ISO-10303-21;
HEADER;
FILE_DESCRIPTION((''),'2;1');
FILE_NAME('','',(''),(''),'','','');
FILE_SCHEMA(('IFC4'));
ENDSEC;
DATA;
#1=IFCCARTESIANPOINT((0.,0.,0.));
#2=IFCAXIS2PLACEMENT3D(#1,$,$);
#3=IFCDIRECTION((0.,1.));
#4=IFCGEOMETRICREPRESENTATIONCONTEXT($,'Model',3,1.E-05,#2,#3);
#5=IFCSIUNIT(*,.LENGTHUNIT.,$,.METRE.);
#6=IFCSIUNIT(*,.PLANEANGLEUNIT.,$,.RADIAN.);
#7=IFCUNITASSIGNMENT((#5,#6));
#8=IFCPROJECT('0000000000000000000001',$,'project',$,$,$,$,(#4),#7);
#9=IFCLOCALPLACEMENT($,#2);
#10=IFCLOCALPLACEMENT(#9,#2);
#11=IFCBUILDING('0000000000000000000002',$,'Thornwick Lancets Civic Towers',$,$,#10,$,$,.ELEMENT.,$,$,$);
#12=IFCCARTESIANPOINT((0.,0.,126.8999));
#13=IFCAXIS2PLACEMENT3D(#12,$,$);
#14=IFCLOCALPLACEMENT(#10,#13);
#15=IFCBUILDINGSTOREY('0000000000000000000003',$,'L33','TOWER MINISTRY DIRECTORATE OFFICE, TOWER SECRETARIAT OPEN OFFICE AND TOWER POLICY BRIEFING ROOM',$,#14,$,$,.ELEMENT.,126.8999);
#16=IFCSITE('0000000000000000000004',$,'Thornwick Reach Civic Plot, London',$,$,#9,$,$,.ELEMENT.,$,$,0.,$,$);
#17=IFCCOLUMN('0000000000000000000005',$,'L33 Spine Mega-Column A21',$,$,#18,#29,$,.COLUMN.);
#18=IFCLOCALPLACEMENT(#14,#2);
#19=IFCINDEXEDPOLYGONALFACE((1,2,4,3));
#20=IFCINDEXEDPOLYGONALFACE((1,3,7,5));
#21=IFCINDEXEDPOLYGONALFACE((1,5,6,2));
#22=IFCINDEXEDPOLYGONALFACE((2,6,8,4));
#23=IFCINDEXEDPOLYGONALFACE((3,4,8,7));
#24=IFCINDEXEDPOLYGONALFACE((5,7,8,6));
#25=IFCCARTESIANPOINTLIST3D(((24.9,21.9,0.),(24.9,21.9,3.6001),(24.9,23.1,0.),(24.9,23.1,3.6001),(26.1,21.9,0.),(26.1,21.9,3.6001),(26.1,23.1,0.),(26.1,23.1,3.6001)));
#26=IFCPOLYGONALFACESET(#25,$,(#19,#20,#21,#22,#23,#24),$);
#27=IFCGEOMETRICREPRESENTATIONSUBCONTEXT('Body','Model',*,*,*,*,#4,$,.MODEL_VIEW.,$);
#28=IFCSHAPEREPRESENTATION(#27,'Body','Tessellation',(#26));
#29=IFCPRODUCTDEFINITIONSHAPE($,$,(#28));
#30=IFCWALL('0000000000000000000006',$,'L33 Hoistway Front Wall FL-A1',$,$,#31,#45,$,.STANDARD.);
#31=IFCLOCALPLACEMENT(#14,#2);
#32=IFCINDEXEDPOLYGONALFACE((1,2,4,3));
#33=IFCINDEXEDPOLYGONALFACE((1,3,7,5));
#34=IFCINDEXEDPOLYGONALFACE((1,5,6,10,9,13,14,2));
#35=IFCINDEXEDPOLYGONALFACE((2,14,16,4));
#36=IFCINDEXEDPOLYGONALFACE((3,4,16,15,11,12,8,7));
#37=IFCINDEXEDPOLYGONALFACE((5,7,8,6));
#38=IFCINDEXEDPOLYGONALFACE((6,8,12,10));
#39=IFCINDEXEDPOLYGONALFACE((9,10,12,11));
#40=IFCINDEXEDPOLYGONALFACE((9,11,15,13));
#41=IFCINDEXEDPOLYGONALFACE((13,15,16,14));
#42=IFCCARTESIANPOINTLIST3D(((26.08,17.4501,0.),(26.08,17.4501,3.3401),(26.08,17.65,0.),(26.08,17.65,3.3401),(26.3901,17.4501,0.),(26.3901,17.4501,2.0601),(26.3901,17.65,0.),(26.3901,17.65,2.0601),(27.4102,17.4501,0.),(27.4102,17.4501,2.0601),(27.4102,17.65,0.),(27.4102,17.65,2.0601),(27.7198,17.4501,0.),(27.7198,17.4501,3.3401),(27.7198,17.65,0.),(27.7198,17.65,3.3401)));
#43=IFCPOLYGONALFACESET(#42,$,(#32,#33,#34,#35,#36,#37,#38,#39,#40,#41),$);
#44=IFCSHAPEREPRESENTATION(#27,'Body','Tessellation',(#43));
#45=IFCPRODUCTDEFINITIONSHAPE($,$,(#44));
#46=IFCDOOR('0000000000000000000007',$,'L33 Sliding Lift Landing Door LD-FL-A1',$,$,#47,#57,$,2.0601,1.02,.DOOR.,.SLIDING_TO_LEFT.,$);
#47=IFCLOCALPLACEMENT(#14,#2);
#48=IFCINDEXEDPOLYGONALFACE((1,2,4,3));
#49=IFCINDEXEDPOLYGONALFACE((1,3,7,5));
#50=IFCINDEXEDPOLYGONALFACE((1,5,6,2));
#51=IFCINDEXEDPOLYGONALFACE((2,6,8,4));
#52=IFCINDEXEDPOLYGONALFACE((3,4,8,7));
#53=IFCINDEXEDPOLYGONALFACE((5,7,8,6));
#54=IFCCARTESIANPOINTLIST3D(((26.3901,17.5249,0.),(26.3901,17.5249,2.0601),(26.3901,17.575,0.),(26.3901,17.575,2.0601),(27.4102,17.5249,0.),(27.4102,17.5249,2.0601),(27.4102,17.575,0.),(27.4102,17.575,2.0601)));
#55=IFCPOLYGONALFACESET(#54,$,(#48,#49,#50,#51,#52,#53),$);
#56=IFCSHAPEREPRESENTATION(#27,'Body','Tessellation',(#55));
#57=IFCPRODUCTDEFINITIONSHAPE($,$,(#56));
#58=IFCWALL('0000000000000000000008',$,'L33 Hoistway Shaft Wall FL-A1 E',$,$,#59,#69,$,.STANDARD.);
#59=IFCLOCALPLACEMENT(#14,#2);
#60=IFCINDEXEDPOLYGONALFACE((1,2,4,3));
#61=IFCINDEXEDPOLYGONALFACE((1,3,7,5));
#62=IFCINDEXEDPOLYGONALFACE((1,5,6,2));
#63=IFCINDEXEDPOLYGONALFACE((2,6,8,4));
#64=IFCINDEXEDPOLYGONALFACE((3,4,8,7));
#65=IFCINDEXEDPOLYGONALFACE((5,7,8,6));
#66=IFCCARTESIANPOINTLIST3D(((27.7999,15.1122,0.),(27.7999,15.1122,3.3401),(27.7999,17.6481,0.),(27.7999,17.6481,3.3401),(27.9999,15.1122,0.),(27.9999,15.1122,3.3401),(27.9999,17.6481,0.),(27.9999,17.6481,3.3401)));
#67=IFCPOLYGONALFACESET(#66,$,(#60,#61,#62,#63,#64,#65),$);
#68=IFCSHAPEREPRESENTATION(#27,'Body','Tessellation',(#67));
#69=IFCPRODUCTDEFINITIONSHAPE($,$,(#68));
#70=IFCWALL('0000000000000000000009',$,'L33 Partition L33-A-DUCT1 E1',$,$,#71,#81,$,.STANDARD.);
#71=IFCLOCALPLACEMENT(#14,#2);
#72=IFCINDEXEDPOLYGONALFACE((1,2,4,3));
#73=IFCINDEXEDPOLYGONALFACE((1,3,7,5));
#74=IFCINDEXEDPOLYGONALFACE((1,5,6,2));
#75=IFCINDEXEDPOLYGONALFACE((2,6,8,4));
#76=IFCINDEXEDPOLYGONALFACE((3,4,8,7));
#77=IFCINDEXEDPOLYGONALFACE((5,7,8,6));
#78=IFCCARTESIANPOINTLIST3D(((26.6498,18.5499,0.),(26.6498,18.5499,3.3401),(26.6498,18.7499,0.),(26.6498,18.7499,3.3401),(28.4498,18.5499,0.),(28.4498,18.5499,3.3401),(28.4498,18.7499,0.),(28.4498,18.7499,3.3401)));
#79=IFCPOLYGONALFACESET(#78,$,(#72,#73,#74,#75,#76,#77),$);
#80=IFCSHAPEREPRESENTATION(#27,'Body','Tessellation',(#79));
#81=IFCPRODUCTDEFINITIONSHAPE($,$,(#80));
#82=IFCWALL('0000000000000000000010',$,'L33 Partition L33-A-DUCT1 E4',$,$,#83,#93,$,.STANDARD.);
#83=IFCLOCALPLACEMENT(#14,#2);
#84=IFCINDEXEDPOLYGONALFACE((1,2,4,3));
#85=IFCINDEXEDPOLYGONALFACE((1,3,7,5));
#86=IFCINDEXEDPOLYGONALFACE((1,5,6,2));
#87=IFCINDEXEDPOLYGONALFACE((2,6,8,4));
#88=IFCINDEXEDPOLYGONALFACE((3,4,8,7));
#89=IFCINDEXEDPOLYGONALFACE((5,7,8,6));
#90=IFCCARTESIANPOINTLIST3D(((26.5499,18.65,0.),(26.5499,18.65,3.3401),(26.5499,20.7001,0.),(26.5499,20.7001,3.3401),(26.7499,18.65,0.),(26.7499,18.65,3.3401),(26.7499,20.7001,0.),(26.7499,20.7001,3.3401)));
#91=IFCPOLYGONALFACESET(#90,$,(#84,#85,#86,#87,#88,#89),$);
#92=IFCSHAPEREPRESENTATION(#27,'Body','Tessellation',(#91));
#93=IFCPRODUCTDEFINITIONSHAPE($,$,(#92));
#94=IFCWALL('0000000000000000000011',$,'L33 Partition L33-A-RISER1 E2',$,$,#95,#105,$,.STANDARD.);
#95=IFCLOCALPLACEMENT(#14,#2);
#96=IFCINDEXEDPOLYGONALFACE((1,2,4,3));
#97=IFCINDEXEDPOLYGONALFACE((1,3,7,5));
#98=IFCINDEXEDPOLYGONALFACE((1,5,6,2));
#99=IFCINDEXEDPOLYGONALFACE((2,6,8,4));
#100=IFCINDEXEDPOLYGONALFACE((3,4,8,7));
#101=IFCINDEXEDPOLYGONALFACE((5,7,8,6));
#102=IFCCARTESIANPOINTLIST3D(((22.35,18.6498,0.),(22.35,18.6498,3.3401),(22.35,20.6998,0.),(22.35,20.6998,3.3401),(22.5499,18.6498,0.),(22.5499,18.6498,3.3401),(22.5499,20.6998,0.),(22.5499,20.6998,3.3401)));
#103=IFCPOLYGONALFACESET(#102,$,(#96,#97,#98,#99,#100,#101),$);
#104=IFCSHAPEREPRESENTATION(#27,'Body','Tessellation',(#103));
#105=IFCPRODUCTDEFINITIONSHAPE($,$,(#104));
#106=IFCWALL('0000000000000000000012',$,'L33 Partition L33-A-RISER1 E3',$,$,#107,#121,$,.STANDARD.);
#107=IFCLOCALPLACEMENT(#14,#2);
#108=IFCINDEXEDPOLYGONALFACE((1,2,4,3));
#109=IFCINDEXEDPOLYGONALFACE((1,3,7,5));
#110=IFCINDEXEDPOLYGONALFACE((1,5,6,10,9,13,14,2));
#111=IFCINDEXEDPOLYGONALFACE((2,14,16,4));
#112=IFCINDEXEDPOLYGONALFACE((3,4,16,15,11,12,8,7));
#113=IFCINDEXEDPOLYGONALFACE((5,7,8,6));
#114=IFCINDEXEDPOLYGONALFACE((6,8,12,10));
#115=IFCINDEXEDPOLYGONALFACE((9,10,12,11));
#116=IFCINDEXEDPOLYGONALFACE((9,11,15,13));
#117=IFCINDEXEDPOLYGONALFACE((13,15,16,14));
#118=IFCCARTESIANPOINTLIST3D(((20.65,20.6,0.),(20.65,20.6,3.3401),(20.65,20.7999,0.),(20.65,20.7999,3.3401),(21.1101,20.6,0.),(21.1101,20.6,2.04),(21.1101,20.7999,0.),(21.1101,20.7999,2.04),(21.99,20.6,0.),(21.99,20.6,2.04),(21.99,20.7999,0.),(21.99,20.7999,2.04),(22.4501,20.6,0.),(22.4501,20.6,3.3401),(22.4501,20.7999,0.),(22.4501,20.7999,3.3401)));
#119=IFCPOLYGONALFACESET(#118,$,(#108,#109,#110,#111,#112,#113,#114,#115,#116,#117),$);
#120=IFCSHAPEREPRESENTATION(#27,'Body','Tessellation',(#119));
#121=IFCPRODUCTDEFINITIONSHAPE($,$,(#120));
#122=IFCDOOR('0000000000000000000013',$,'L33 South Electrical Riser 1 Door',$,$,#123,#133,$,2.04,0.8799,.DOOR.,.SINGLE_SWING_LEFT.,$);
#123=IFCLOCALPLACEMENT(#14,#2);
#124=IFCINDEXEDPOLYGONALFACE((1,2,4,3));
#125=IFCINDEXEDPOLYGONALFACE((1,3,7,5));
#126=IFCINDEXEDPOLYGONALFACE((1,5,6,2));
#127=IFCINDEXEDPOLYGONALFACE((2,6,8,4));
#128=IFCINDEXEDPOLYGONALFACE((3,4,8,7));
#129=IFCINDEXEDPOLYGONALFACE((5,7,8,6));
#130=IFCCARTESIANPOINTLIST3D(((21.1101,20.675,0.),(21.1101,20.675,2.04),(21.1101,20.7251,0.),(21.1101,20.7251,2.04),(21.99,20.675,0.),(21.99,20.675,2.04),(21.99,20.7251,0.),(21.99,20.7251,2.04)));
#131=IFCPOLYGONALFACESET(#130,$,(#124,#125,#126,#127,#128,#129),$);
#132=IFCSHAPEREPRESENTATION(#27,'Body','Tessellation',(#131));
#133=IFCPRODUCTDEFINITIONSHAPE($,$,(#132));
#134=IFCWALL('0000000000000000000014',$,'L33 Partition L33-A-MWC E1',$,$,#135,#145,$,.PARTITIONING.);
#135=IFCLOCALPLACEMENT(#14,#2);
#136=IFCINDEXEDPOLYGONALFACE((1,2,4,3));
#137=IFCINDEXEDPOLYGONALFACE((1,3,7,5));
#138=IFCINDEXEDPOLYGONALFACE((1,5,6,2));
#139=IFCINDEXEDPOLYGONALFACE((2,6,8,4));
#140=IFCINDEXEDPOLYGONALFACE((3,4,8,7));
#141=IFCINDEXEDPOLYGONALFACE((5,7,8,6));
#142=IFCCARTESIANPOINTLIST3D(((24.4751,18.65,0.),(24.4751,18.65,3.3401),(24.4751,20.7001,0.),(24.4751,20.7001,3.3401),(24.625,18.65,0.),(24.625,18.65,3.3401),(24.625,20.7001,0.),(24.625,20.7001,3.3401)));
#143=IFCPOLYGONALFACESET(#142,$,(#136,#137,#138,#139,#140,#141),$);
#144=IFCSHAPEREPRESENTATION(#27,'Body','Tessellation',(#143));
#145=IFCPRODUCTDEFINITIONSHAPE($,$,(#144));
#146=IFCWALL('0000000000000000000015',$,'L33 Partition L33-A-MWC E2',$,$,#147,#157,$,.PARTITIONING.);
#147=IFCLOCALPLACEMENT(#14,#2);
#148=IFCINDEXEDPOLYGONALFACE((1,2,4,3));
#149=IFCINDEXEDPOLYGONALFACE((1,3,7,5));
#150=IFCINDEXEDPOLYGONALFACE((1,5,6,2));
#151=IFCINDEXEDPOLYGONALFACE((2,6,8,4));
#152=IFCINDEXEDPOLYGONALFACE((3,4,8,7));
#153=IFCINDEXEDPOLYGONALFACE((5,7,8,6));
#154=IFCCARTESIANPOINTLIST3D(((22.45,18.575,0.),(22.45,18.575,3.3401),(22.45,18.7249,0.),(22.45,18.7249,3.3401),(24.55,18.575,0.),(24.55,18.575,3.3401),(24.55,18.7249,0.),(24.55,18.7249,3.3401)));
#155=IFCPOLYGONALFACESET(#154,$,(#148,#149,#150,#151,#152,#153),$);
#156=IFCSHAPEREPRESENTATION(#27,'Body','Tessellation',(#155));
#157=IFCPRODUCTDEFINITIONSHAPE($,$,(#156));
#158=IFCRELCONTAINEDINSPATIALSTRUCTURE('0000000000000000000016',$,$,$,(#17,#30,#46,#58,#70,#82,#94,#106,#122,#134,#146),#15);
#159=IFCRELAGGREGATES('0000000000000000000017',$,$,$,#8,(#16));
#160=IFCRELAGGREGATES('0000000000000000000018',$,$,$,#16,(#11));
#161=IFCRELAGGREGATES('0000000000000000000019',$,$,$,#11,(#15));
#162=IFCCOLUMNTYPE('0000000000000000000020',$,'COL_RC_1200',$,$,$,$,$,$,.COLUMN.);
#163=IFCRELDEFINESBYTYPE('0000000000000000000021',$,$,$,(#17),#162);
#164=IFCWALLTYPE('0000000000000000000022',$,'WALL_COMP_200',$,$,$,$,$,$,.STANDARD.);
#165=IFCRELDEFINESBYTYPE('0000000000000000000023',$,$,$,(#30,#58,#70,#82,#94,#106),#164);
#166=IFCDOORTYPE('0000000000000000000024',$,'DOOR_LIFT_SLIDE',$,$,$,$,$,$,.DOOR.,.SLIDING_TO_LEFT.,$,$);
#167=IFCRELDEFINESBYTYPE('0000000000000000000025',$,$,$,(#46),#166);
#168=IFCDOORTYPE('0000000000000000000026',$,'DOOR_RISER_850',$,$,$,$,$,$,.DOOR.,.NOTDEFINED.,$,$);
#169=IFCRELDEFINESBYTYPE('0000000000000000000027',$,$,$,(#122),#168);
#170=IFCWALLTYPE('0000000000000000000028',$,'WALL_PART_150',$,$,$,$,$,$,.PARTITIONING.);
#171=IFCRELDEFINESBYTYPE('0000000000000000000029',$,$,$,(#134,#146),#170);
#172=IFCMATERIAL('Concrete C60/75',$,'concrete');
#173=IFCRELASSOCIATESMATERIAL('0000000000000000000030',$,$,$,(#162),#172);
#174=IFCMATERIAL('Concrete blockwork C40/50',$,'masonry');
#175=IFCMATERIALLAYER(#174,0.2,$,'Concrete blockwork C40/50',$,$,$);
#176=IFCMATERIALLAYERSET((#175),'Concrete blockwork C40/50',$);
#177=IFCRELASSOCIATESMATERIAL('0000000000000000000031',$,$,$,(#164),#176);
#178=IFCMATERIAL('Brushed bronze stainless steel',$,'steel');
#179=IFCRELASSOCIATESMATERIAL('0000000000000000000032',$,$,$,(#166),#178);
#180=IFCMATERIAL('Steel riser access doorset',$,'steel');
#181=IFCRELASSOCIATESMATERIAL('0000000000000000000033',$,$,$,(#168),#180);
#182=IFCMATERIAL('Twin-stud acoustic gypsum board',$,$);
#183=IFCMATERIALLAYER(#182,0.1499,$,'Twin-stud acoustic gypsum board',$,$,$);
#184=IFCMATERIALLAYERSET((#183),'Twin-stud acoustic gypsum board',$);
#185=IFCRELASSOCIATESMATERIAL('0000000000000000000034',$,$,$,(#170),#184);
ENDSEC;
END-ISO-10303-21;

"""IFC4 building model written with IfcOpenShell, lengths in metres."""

from ifc_helpers import new_model, si_unit, direction, frame, frame_2d, origin, origin_2d, place, context, subcontext, project, spatial, rectangle, extrude, material, layer, layer_set, material_profile, profile_set, type_object, element, fill, save


model = new_model("IFC4")

# Units and contexts
model_context = context("Model", 3, precision=1e-05, world=origin(), true_north=direction((0.0, 1.0)))
body_context = subcontext(model_context, "Body", "Model", "MODEL_VIEW")
ifc_project = project(units=[si_unit("LENGTHUNIT", "METRE"), si_unit("PLANEANGLEUNIT", "RADIAN")], contexts=[model_context])

# Site, building, storey
site_placement = place(None, origin())
site = spatial("IfcSite", under=ifc_project, at=site_placement, Name="Thornwick Reach Civic Plot, London", CompositionType="ELEMENT", RefElevation=0.0)
building_placement = place(site_placement, origin())
building = spatial("IfcBuilding", under=site, at=building_placement, Name="Thornwick Lancets Civic Towers", CompositionType="ELEMENT")
storey_placement = place(building_placement, frame((0.0, 0.0, 126.8999)))
storey = spatial("IfcBuildingStorey", under=building, at=storey_placement, Name="L33", Description="TOWER MINISTRY DIRECTORATE OFFICE, TOWER SECRETARIAT OPEN OFFICE AND TOWER POLICY BRIEFING ROOM", CompositionType="ELEMENT", Elevation=126.8999)

# Column
ifc_material_1 = material(Name="Concrete C60/75", Category="concrete")
ifc_material_profile = material_profile(ifc_material_1, rectangle(XDim=1.2, YDim=1.2, at=origin_2d()), Name="RC 1200x1200")
ifc_profile_set = profile_set([ifc_material_profile], Name="Concrete C60/75")
column_type = type_object("IfcColumnType", Name="COL_RC_1200", PredefinedType="COLUMN", material=ifc_profile_set)
column_placement = place(storey_placement, frame((25.5, 22.5, 0.0), z_axis=(0.0, 0.0, 1.0), x_axis=(1.0, 0.0, 0.0)))
element("IfcColumn", 1, at=column_placement, inside=storey, type_object=column_type, Name="L33 Spine Mega-Column A21", PredefinedType="COLUMN", context=body_context, shape_type="SweptSolid", body=[
    extrude(rectangle(XDim=1.2, YDim=1.2, at=origin_2d()), origin(), (0.0, 0.0, 1.0), 3.6001),
])

# Wall, opening, door
ifc_material_2 = material(Name="Concrete blockwork C40/50", Category="masonry")
ifc_layer_1 = layer(ifc_material_2, 0.2, Name="Concrete blockwork C40/50")
ifc_layer_set_1 = layer_set([ifc_layer_1], Name="Concrete blockwork C40/50")
wall_type_1 = type_object("IfcWallType", Name="WALL_COMP_200", PredefinedType="STANDARD", material=ifc_layer_set_1)
wall_1_placement = place(storey_placement, frame((26.0801, 17.55, 0.0), z_axis=(0.0, 0.0, 1.0), x_axis=(1.0, 0.0, 0.0)))
wall_1 = element("IfcWall", 2, at=wall_1_placement, inside=storey, type_object=wall_type_1, Name="L33 Hoistway Front Wall FL-A1", PredefinedType="STANDARD", context=body_context, shape_type="SweptSolid", body=[
    extrude(rectangle(XDim=1.6399, YDim=0.2, at=frame_2d((0.8198, 0.0))), origin(), (0.0, 0.0, 1.0), 3.3401),
])
opening_1_placement = place(wall_1_placement, frame((0.3101, 0.0, 0.0)))
opening_1 = element("IfcOpeningElement", 3, at=opening_1_placement, cuts=wall_1, PredefinedType="OPENING", context=body_context, shape_type="SweptSolid", body=[
    extrude(rectangle(XDim=1.02, YDim=2.0601, at=frame_2d((0.51, 1.03))), frame((0.0, 0.1099, 0.0), z_axis=(0.0, -1.0, 0.0), x_axis=(1.0, 0.0, 0.0)), (0.0, 0.0, 1.0), 0.22),
])
ifc_material_3 = material(Name="Brushed bronze stainless steel", Category="steel")
door_type_1 = type_object("IfcDoorType", Name="DOOR_LIFT_SLIDE", OperationType="SLIDING_TO_LEFT", PredefinedType="DOOR", material=ifc_material_3)
door_1_placement = place(opening_1_placement, origin())
door_1 = element("IfcDoor", 4, at=door_1_placement, inside=storey, type_object=door_type_1, Name="L33 Sliding Lift Landing Door LD-FL-A1", OperationType="SLIDING_TO_LEFT", OverallHeight=2.0601, OverallWidth=1.02, PredefinedType="DOOR", context=body_context, shape_type="SweptSolid", body=[
    extrude(rectangle(XDim=1.02, YDim=2.0601, at=frame_2d((0.51, 1.03))), frame((0.0, 0.0249, 0.0), z_axis=(0.0, -1.0, 0.0), x_axis=(1.0, 0.0, 0.0)), (0.0, 0.0, 1.0), 0.05),
])
fill(opening_1, door_1)

# Walls
wall_2_placement = place(storey_placement, frame((27.8999, 15.1121, 0.0), z_axis=(0.0, 0.0, 1.0), x_axis=(0.0, 1.0, 0.0)))
element("IfcWall", 5, at=wall_2_placement, inside=storey, type_object=wall_type_1, Name="L33 Hoistway Shaft Wall FL-A1 E", PredefinedType="STANDARD", context=body_context, shape_type="SweptSolid", body=[
    extrude(rectangle(XDim=2.5359, YDim=0.2, at=frame_2d((1.2681, 0.0))), origin(), (0.0, 0.0, 1.0), 3.3401),
])
wall_3_placement = place(storey_placement, frame((26.6499, 18.6499, 0.0), z_axis=(0.0, 0.0, 1.0), x_axis=(1.0, 0.0, 0.0)))
element("IfcWall", 6, at=wall_3_placement, inside=storey, type_object=wall_type_1, Name="L33 Partition L33-A-DUCT1 E1", PredefinedType="STANDARD", context=body_context, shape_type="SweptSolid", body=[
    extrude(rectangle(XDim=1.8, YDim=0.2, at=frame_2d((0.8999, 0.0))), origin(), (0.0, 0.0, 1.0), 3.3401),
])
for number, where, z_axis, x_axis, name in (
    (7, (26.6499, 20.7, 0.0), (0.0, 0.0, 1.0), (0.0, -1.0, 0.0), "L33 Partition L33-A-DUCT1 E4"),
    (8, (22.45, 18.6499, 0.0), (0.0, 0.0, 1.0), (0.0, 1.0, 0.0), "L33 Partition L33-A-RISER1 E2"),
):
    element("IfcWall", number, at=place(storey_placement, frame(where, z_axis=z_axis, x_axis=x_axis)), inside=storey, type_object=wall_type_1, Name=name, PredefinedType="STANDARD", context=body_context, shape_type="SweptSolid", body=[
        extrude(rectangle(XDim=2.05, YDim=0.2, at=frame_2d((1.0249, 0.0))), origin(), (0.0, 0.0, 1.0), 3.3401),
    ])

# Wall, opening, door
wall_4_placement = place(storey_placement, frame((22.45, 20.7, 0.0), z_axis=(0.0, 0.0, 1.0), x_axis=(-1.0, 0.0, 0.0)))
wall_4 = element("IfcWall", 9, at=wall_4_placement, inside=storey, type_object=wall_type_1, Name="L33 Partition L33-A-RISER1 E3", PredefinedType="STANDARD", context=body_context, shape_type="SweptSolid", body=[
    extrude(rectangle(XDim=1.8, YDim=0.2, at=frame_2d((0.8999, 0.0))), origin(), (0.0, 0.0, 1.0), 3.3401),
])
opening_2_placement = place(wall_4_placement, frame((0.46, 0.0, 0.0)))
opening_2 = element("IfcOpeningElement", 10, at=opening_2_placement, cuts=wall_4, PredefinedType="OPENING", context=body_context, shape_type="SweptSolid", body=[
    extrude(rectangle(XDim=0.8799, YDim=2.04, at=frame_2d((0.4399, 1.02))), frame((0.0, 0.1099, 0.0), z_axis=(0.0, -1.0, 0.0), x_axis=(1.0, 0.0, 0.0)), (0.0, 0.0, 1.0), 0.22),
])
ifc_material_4 = material(Name="Steel riser access doorset", Category="steel")
door_type_2 = type_object("IfcDoorType", Name="DOOR_RISER_850", OperationType="NOTDEFINED", PredefinedType="DOOR", material=ifc_material_4)
door_2_placement = place(opening_2_placement, origin())
door_2 = element("IfcDoor", 11, at=door_2_placement, inside=storey, type_object=door_type_2, Name="L33 South Electrical Riser 1 Door", OperationType="SINGLE_SWING_LEFT", OverallHeight=2.04, OverallWidth=0.8799, PredefinedType="DOOR", context=body_context, shape_type="SweptSolid", body=[
    extrude(rectangle(XDim=0.8799, YDim=2.04, at=frame_2d((0.4399, 1.02))), frame((0.0, 0.0249, 0.0), z_axis=(0.0, -1.0, 0.0), x_axis=(1.0, 0.0, 0.0)), (0.0, 0.0, 1.0), 0.05),
])
fill(opening_2, door_2)

# Walls
ifc_material_5 = material(Name="Twin-stud acoustic gypsum board")
ifc_layer_2 = layer(ifc_material_5, 0.1499, Name="Twin-stud acoustic gypsum board")
ifc_layer_set_2 = layer_set([ifc_layer_2], Name="Twin-stud acoustic gypsum board")
wall_type_2 = type_object("IfcWallType", Name="WALL_PART_150", PredefinedType="PARTITIONING", material=ifc_layer_set_2)
wall_5_placement = place(storey_placement, frame((24.55, 20.7, 0.0), z_axis=(0.0, 0.0, 1.0), x_axis=(0.0, -1.0, 0.0)))
element("IfcWall", 12, at=wall_5_placement, inside=storey, type_object=wall_type_2, Name="L33 Partition L33-A-MWC E1", PredefinedType="PARTITIONING", context=body_context, shape_type="SweptSolid", body=[
    extrude(rectangle(XDim=2.05, YDim=0.1499, at=frame_2d((1.0249, 0.0))), origin(), (0.0, 0.0, 1.0), 3.3401),
])
wall_6_placement = place(storey_placement, frame((24.55, 18.6499, 0.0), z_axis=(0.0, 0.0, 1.0), x_axis=(-1.0, 0.0, 0.0)))
element("IfcWall", 13, at=wall_6_placement, inside=storey, type_object=wall_type_2, Name="L33 Partition L33-A-MWC E2", PredefinedType="PARTITIONING", context=body_context, shape_type="SweptSolid", body=[
    extrude(rectangle(XDim=2.1001, YDim=0.1499, at=frame_2d((1.05, 0.0))), origin(), (0.0, 0.0, 1.0), 3.3401),
])

save(model, "model.ifc")
